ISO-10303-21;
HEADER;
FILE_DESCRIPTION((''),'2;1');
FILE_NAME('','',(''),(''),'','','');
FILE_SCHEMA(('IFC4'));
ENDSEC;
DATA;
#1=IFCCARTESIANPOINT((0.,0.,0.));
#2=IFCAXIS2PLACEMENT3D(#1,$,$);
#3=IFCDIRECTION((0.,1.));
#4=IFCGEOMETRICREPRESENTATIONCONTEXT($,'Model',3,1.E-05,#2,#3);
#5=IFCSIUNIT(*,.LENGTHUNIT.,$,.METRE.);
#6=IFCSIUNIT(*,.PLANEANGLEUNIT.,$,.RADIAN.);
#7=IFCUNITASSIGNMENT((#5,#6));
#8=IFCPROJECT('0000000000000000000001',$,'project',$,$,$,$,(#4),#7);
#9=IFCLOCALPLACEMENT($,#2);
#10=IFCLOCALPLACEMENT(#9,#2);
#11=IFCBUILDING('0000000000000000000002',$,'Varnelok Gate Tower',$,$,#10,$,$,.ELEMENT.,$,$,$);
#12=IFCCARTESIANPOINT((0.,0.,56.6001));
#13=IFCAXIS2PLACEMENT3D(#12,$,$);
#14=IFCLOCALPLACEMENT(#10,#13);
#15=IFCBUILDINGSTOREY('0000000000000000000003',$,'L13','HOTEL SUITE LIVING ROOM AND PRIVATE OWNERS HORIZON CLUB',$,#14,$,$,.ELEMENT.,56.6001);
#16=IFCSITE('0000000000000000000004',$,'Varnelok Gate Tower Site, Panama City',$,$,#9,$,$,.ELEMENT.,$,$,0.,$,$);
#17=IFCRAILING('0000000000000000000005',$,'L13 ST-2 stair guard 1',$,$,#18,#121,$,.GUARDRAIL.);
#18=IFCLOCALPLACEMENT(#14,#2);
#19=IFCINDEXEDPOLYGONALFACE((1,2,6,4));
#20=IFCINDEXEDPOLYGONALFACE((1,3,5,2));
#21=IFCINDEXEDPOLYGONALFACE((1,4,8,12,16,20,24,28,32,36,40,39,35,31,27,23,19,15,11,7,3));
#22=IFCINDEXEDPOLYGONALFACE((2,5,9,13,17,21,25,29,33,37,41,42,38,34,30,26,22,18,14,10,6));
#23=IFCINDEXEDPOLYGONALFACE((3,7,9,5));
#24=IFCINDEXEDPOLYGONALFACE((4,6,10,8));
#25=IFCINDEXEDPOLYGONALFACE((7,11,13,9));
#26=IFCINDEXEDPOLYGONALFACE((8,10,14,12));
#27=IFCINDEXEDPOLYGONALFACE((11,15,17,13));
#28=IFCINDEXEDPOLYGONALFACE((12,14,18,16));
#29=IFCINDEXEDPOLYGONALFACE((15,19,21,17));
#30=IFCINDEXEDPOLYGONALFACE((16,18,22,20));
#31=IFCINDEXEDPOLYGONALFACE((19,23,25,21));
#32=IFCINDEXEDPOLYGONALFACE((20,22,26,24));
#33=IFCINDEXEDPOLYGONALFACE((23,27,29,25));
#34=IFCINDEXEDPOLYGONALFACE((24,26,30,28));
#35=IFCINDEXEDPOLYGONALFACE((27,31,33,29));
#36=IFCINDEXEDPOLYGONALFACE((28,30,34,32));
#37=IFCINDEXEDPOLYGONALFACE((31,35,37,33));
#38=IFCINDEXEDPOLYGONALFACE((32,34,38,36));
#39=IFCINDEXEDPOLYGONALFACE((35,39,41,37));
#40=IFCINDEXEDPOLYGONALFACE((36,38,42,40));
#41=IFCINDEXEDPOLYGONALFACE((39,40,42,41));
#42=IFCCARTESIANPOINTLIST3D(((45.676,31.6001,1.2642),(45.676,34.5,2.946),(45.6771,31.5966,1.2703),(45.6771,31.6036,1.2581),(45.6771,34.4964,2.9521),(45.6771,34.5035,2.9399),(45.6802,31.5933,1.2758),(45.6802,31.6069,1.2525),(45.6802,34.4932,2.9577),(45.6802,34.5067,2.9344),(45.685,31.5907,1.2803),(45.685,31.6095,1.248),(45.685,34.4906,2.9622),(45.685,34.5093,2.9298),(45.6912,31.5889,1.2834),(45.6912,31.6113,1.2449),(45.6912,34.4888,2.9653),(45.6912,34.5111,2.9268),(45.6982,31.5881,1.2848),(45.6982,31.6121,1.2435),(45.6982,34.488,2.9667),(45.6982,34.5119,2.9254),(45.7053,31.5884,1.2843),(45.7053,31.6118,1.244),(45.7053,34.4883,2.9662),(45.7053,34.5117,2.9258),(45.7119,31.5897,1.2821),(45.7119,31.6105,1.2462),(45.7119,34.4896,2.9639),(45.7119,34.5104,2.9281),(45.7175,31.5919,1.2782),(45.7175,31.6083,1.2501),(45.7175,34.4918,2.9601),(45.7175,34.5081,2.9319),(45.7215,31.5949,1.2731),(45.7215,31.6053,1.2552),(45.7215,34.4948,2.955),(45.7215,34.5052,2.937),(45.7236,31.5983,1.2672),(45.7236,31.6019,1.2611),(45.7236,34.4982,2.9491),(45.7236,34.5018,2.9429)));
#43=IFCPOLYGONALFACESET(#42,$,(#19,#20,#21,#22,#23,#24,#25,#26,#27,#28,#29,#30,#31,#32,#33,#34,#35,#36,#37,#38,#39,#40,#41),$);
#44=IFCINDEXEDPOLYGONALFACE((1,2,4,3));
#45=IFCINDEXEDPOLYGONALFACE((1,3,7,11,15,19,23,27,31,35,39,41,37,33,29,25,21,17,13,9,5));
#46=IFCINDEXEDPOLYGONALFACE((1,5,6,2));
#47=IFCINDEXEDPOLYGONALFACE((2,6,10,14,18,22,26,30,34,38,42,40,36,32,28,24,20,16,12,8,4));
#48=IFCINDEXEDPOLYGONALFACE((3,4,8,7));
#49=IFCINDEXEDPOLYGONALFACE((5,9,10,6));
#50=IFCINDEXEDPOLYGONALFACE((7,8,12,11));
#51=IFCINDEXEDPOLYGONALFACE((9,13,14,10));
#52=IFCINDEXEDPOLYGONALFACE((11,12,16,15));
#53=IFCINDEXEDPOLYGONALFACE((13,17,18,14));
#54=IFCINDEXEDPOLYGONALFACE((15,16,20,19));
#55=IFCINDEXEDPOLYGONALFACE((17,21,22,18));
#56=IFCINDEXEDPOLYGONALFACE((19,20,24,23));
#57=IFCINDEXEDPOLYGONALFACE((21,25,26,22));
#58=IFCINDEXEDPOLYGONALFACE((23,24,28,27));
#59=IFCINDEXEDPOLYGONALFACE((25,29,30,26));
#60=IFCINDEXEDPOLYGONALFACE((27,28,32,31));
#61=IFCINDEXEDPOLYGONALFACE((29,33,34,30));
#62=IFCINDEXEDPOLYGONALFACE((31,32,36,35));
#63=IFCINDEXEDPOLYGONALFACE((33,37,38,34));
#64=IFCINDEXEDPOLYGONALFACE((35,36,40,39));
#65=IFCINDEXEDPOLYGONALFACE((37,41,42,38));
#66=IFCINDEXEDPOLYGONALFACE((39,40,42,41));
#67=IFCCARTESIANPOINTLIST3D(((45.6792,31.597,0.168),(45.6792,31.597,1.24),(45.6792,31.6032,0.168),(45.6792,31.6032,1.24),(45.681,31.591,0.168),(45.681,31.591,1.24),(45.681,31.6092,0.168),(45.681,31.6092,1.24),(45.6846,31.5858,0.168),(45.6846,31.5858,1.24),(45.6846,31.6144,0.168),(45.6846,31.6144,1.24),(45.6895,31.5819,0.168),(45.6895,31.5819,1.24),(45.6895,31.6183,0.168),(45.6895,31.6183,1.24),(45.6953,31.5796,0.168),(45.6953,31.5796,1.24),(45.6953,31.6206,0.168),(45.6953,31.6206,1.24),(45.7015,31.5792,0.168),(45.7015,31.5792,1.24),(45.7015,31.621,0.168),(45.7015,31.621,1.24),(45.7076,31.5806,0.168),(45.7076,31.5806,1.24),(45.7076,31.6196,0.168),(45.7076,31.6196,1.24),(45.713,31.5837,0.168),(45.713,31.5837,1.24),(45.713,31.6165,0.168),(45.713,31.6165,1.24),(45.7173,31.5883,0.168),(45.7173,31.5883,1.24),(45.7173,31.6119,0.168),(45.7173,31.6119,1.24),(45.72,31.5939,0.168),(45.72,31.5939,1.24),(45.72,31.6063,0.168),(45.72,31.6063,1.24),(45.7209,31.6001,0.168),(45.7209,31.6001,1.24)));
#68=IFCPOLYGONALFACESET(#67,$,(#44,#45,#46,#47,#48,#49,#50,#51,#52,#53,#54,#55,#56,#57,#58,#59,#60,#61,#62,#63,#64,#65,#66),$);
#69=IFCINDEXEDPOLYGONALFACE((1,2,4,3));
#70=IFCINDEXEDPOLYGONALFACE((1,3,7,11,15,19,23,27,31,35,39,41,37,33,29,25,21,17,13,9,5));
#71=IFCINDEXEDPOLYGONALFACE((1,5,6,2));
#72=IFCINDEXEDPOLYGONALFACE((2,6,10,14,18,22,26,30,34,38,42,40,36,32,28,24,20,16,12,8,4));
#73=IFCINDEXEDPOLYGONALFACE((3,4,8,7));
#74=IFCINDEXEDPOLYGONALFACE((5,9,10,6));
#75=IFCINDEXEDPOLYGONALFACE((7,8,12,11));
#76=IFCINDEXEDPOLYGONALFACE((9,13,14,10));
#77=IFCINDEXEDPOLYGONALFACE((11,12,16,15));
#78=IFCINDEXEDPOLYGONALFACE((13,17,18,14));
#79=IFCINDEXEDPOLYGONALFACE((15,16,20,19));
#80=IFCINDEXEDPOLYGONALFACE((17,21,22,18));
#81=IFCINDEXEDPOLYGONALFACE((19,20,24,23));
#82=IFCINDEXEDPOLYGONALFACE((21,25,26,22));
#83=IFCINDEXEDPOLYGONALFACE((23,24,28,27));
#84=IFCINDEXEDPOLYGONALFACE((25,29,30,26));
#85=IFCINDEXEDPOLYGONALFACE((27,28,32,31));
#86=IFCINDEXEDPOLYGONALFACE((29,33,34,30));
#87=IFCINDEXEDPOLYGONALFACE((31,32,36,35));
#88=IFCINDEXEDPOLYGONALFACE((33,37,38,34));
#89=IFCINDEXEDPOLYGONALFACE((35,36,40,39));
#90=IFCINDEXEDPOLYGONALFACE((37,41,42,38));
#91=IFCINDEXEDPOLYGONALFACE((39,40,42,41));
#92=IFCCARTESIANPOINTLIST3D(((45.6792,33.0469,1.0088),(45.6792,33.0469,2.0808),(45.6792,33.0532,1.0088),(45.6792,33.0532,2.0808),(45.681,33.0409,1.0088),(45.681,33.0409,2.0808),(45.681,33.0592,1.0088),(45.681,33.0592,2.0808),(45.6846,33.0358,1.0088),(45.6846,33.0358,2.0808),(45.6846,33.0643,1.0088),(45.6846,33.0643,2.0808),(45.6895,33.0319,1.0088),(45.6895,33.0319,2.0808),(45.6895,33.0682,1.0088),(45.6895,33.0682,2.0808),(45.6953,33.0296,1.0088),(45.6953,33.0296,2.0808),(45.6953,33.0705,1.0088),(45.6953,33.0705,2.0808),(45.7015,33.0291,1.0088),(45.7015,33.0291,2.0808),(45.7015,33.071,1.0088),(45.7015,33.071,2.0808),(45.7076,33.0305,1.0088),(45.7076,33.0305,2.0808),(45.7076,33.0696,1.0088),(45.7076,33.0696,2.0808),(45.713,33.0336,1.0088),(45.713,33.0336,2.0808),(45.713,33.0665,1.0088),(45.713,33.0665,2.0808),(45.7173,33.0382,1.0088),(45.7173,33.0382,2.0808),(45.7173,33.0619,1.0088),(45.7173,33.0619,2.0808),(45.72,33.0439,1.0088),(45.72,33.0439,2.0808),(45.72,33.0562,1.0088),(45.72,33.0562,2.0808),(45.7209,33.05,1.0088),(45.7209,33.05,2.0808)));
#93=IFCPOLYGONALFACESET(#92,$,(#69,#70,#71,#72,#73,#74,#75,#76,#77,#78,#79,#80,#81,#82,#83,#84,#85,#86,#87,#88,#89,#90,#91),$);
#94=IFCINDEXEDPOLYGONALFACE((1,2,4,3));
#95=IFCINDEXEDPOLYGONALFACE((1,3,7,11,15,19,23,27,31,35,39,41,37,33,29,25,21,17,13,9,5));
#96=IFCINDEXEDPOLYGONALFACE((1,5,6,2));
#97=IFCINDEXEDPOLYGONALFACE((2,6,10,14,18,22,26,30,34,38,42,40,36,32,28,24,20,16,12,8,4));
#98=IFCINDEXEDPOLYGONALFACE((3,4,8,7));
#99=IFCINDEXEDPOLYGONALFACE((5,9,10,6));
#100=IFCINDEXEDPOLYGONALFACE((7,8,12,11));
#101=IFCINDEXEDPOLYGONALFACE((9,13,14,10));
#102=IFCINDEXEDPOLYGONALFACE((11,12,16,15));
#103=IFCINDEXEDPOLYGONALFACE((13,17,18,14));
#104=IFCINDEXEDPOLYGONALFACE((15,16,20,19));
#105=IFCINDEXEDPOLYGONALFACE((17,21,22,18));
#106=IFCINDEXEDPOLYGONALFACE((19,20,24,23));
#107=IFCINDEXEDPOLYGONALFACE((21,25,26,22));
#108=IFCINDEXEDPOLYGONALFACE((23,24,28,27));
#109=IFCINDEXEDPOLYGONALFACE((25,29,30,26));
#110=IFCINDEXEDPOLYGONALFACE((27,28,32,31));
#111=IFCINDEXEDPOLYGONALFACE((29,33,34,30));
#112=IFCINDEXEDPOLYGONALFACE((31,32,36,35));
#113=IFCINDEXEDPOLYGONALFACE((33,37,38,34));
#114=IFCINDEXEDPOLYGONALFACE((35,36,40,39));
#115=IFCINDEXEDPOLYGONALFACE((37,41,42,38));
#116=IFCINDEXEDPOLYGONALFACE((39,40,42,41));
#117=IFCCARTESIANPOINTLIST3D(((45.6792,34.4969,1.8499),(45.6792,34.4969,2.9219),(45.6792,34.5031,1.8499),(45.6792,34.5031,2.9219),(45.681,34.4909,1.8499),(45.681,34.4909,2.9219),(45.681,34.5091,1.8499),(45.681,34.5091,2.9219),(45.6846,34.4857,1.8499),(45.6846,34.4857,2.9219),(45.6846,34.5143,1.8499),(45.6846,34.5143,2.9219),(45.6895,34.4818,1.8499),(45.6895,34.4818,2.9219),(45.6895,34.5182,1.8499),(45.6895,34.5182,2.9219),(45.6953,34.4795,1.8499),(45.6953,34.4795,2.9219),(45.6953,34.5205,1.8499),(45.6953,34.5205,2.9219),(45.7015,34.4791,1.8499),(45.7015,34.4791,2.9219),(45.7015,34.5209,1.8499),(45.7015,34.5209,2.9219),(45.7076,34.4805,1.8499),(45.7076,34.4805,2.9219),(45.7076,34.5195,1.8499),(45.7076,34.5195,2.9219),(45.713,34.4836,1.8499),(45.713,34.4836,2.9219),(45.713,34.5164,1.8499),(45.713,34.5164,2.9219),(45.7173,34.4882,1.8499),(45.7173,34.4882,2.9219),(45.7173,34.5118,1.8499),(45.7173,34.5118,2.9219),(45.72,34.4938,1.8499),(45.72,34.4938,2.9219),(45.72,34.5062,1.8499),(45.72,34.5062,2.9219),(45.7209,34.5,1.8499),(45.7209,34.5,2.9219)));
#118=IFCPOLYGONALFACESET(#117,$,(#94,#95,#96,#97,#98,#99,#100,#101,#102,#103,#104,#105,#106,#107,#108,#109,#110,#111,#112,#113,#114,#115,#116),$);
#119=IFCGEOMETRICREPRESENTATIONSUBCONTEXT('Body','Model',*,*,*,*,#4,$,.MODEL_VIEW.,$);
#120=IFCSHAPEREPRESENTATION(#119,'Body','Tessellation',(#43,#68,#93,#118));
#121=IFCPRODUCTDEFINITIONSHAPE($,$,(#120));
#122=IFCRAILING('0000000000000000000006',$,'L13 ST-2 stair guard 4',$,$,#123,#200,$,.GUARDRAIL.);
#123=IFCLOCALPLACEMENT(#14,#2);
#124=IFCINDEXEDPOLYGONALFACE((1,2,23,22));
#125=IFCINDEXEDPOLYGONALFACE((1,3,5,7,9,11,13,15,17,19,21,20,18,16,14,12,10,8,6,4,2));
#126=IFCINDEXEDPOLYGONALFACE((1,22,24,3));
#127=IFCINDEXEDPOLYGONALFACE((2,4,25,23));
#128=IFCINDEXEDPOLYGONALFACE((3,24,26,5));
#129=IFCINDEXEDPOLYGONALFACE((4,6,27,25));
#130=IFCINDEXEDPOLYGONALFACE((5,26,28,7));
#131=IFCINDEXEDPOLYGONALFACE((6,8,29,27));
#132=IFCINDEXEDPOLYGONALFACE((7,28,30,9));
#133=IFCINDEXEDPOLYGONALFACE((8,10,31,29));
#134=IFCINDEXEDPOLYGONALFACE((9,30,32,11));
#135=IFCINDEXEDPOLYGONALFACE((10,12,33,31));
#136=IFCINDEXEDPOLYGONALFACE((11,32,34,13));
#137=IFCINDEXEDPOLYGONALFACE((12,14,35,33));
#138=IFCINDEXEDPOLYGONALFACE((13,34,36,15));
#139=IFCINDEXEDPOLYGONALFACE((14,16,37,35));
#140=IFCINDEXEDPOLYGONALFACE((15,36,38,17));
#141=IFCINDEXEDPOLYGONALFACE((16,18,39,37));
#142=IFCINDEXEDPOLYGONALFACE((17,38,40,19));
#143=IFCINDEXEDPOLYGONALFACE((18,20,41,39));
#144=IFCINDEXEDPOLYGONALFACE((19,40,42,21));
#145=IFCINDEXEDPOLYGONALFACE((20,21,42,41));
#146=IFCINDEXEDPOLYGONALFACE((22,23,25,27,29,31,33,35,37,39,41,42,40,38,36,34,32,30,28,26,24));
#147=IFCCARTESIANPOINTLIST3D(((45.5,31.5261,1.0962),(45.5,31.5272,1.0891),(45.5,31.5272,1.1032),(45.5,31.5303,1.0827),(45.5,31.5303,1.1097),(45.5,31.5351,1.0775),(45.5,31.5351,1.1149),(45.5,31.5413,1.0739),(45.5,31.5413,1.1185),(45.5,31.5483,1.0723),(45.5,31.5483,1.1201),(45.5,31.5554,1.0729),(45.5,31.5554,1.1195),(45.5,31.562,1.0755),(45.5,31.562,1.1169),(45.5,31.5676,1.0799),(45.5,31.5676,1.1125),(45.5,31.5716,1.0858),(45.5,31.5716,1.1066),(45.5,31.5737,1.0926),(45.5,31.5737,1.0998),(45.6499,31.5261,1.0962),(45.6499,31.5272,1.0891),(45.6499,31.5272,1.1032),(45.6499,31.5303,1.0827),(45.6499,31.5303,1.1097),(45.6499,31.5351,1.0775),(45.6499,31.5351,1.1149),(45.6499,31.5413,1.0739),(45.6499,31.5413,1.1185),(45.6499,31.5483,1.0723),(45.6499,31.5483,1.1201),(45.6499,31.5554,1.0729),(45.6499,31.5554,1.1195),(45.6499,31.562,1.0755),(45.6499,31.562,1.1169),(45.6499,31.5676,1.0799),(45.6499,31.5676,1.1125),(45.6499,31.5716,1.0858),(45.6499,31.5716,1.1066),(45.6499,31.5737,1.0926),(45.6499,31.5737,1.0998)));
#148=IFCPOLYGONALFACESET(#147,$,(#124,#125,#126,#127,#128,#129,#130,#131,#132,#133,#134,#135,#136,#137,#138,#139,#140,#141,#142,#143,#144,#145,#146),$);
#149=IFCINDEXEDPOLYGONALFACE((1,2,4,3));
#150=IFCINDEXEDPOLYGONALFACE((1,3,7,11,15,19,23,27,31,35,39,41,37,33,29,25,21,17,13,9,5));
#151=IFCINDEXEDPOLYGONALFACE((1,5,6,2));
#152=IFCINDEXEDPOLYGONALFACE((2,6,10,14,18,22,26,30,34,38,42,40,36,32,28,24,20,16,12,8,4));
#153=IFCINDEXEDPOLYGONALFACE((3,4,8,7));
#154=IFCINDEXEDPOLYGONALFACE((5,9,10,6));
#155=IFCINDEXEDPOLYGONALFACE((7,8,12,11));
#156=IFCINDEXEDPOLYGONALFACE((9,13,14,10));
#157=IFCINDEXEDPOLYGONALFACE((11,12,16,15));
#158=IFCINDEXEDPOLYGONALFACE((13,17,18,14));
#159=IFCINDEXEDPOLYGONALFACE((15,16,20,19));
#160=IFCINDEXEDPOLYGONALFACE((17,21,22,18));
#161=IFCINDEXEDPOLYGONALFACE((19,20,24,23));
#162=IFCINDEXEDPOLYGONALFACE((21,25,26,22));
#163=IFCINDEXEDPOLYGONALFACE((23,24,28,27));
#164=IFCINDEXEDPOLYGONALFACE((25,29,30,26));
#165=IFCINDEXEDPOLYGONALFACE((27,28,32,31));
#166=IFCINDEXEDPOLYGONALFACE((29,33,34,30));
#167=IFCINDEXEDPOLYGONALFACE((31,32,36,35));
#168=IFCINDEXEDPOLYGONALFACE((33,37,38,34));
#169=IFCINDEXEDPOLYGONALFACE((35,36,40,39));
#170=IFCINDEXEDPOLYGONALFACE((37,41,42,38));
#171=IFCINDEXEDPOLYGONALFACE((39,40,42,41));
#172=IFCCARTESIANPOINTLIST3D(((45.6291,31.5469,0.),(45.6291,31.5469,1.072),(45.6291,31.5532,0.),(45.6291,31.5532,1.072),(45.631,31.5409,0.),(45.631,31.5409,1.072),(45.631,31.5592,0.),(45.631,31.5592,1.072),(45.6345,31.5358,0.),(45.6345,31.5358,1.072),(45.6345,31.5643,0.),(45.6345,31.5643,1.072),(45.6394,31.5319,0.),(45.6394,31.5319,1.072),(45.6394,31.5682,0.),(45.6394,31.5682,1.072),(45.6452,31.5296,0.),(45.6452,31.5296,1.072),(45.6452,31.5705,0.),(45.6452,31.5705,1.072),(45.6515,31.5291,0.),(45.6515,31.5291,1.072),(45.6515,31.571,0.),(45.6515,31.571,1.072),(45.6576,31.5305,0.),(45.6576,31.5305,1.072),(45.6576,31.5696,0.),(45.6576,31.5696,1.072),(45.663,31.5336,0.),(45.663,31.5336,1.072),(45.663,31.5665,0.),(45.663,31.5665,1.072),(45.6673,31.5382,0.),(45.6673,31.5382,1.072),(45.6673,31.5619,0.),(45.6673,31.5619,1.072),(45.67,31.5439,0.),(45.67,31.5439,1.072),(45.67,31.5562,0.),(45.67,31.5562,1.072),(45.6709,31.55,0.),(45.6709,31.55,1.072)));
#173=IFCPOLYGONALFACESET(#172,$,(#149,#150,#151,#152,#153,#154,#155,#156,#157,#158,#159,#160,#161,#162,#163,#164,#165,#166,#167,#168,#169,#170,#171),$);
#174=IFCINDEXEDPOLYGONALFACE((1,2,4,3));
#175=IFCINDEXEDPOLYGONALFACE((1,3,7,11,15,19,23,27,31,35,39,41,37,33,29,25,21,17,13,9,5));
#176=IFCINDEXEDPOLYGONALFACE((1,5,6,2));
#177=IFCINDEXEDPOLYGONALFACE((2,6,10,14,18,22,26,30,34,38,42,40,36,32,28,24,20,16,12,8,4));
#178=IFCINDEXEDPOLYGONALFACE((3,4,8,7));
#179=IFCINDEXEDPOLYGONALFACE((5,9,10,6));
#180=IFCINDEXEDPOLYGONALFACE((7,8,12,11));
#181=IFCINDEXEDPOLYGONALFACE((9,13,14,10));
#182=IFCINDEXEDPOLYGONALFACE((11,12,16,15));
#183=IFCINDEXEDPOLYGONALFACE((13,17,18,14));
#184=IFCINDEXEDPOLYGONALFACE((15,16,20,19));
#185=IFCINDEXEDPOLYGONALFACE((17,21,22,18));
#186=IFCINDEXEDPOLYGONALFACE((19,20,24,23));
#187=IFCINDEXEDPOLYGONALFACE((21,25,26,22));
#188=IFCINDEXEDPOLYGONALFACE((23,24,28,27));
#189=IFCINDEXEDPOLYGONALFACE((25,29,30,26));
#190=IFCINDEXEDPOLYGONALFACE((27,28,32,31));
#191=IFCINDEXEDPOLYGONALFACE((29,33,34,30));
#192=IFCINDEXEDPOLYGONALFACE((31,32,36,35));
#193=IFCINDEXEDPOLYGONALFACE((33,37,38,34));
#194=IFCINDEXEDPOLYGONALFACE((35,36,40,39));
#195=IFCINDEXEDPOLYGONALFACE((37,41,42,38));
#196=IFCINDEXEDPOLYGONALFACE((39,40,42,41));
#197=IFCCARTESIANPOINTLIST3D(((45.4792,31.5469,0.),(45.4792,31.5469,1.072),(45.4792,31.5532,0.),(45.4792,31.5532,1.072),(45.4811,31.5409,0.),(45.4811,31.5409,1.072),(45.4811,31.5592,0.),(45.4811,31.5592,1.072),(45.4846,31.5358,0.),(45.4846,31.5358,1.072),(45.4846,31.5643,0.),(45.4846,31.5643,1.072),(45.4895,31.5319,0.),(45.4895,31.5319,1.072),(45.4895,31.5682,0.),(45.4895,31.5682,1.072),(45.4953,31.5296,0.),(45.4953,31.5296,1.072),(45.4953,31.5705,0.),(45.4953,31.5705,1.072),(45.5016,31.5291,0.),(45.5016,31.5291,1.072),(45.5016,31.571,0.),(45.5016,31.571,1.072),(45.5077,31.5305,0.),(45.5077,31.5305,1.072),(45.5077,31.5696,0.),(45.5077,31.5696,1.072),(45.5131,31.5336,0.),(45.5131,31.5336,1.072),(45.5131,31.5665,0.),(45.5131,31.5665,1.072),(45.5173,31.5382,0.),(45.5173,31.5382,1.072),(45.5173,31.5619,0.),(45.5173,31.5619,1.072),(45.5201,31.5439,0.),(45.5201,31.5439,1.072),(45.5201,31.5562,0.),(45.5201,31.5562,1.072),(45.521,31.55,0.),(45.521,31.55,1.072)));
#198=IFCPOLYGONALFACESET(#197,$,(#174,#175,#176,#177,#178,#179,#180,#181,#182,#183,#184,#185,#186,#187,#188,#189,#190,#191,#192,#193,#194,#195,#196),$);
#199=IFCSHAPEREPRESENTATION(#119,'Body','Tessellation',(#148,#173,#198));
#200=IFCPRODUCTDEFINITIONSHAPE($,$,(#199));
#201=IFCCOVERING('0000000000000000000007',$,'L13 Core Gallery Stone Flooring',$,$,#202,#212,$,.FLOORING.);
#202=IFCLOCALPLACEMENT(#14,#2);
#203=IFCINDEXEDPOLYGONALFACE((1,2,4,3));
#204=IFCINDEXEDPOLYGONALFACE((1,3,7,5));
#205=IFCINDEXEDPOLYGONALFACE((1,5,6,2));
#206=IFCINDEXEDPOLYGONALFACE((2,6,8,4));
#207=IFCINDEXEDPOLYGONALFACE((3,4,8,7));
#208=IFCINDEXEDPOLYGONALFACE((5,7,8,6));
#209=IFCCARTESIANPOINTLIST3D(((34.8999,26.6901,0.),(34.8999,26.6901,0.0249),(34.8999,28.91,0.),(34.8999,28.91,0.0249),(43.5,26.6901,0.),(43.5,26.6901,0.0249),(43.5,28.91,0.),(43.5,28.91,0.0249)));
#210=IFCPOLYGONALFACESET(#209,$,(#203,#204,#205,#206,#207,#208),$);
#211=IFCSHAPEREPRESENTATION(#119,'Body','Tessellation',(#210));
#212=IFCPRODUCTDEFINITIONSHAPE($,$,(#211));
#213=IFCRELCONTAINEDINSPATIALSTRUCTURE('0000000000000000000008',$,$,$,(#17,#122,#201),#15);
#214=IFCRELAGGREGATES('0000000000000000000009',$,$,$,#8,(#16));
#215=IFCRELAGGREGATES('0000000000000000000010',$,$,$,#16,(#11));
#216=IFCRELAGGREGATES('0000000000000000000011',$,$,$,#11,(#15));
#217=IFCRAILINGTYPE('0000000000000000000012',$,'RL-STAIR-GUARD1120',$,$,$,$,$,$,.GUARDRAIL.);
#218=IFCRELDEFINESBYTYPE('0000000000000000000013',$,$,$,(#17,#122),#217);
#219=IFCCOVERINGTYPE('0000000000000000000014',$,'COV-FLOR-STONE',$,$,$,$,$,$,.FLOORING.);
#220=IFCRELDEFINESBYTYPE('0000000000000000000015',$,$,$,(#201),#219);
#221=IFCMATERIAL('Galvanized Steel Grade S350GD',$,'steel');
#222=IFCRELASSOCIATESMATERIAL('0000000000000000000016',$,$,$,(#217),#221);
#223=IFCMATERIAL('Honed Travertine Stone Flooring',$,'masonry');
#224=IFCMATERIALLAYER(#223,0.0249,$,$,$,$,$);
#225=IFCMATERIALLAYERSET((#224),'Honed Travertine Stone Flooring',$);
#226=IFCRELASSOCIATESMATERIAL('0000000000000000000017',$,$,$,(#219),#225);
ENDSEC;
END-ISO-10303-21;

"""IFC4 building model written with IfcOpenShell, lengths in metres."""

from ifc_helpers import new_model, si_unit, direction, frame, origin, origin_2d, place, context, subcontext, project, spatial, rectangle, circle, extrude, source, transform, mapped, material, layer, layer_set, type_object, element, save


model = new_model("IFC4")

# Units and contexts
model_context = context("Model", 3, precision=1e-05, world=origin(), true_north=direction((0.0, 1.0)))
body_context = subcontext(model_context, "Body", "Model", "MODEL_VIEW")
ifc_project = project(units=[si_unit("LENGTHUNIT", "METRE"), si_unit("PLANEANGLEUNIT", "RADIAN")], contexts=[model_context])

# Site, building, storey
site_placement = place(None, origin())
site = spatial("IfcSite", under=ifc_project, at=site_placement, Name="Varnelok Gate Tower Site, Panama City", CompositionType="ELEMENT", RefElevation=0.0)
building_placement = place(site_placement, origin())
building = spatial("IfcBuilding", under=site, at=building_placement, Name="Varnelok Gate Tower", CompositionType="ELEMENT")
storey_placement = place(building_placement, frame((0.0, 0.0, 56.6001)))
storey = spatial("IfcBuildingStorey", under=building, at=storey_placement, Name="L13", Description="HOTEL SUITE LIVING ROOM AND PRIVATE OWNERS HORIZON CLUB", CompositionType="ELEMENT", Elevation=56.6001)

# Shared definitions
ifc_material_1 = material(Name="Galvanized Steel Grade S350GD", Category="steel")

# Railings
railing_type_1 = type_object("IfcRailingType", Name="RL-STAIR-GUARD1120", PredefinedType="GUARDRAIL", material=ifc_material_1)
railing_1_placement = place(storey_placement, frame((45.7, 31.6001, 0.168)))
element("IfcRailing", 1, at=railing_1_placement, inside=storey, type_object=railing_type_1, Name="L13 ST-2 stair guard 1", PredefinedType="GUARDRAIL", context=body_context, shape_type="SweptSolid", body=[
    extrude(circle(Radius=0.0239, at=origin_2d()), frame((0.0, 0.0, 1.0962), z_axis=(0.0, 0.865039, 0.501705), x_axis=(-1.0, 0.0, 0.0)), (0.0, 0.0, 1.0), 3.3523),
    extrude(circle(Radius=0.021, at=origin_2d()), origin(), (0.0, 0.0, 1.0), 1.072),
    extrude(circle(Radius=0.021, at=origin_2d()), frame((0.0, 1.45, 0.8408)), (0.0, 0.0, 1.0), 1.072),
    extrude(circle(Radius=0.021, at=origin_2d()), frame((0.0, 2.8999, 1.6819)), (0.0, 0.0, 1.0), 1.072),
])
railing_2_placement = place(storey_placement, frame((45.6499, 31.55, 0.0)))
element("IfcRailing", 2, at=railing_2_placement, inside=storey, type_object=railing_type_1, Name="L13 ST-2 stair guard 4", PredefinedType="GUARDRAIL", context=body_context, shape_type="SweptSolid", body=[
    extrude(circle(Radius=0.0239, at=origin_2d()), frame((0.0, 0.0, 1.0962), z_axis=(-1.0, 0.0, 0.0), x_axis=(0.0, -1.0, 0.0)), (0.0, 0.0, 1.0), 0.1499),
    extrude(circle(Radius=0.021, at=origin_2d()), origin(), (0.0, 0.0, 1.0), 1.072),
    extrude(circle(Radius=0.021, at=origin_2d()), frame((-0.1499, 0.0, 0.0)), (0.0, 0.0, 1.0), 1.072),
])

# Covering
ifc_material_2 = material(Name="Honed Travertine Stone Flooring", Category="masonry")
ifc_layer_1 = layer(ifc_material_2, 0.0249)
ifc_layer_set_1 = layer_set([ifc_layer_1], Name="Honed Travertine Stone Flooring")
covering_type_1 = type_object("IfcCoveringType", Name="COV-FLOR-STONE", PredefinedType="FLOORING", material=ifc_layer_set_1)
shared_shape_1 = source(origin(), body_context, "Body", "SweptSolid", [
    extrude(rectangle(XDim=8.6001, YDim=2.22, at=origin_2d()), origin(), (0.0, 0.0, 1.0), 0.0249),
])
covering_1_placement = place(storey_placement, frame((39.2, 27.8, 0.0), z_axis=(0.0, 0.0, 1.0), x_axis=(1.0, 0.0, 0.0)))
element("IfcCovering", 3, at=covering_1_placement, inside=storey, type_object=covering_type_1, Name="L13 Core Gallery Stone Flooring", PredefinedType="FLOORING", context=body_context, shape_type="MappedRepresentation", body=[
    mapped(shared_shape_1, transform((0.0, 0.0, 0.0), scale=1.0)),
])

save(model, "model.ifc")
